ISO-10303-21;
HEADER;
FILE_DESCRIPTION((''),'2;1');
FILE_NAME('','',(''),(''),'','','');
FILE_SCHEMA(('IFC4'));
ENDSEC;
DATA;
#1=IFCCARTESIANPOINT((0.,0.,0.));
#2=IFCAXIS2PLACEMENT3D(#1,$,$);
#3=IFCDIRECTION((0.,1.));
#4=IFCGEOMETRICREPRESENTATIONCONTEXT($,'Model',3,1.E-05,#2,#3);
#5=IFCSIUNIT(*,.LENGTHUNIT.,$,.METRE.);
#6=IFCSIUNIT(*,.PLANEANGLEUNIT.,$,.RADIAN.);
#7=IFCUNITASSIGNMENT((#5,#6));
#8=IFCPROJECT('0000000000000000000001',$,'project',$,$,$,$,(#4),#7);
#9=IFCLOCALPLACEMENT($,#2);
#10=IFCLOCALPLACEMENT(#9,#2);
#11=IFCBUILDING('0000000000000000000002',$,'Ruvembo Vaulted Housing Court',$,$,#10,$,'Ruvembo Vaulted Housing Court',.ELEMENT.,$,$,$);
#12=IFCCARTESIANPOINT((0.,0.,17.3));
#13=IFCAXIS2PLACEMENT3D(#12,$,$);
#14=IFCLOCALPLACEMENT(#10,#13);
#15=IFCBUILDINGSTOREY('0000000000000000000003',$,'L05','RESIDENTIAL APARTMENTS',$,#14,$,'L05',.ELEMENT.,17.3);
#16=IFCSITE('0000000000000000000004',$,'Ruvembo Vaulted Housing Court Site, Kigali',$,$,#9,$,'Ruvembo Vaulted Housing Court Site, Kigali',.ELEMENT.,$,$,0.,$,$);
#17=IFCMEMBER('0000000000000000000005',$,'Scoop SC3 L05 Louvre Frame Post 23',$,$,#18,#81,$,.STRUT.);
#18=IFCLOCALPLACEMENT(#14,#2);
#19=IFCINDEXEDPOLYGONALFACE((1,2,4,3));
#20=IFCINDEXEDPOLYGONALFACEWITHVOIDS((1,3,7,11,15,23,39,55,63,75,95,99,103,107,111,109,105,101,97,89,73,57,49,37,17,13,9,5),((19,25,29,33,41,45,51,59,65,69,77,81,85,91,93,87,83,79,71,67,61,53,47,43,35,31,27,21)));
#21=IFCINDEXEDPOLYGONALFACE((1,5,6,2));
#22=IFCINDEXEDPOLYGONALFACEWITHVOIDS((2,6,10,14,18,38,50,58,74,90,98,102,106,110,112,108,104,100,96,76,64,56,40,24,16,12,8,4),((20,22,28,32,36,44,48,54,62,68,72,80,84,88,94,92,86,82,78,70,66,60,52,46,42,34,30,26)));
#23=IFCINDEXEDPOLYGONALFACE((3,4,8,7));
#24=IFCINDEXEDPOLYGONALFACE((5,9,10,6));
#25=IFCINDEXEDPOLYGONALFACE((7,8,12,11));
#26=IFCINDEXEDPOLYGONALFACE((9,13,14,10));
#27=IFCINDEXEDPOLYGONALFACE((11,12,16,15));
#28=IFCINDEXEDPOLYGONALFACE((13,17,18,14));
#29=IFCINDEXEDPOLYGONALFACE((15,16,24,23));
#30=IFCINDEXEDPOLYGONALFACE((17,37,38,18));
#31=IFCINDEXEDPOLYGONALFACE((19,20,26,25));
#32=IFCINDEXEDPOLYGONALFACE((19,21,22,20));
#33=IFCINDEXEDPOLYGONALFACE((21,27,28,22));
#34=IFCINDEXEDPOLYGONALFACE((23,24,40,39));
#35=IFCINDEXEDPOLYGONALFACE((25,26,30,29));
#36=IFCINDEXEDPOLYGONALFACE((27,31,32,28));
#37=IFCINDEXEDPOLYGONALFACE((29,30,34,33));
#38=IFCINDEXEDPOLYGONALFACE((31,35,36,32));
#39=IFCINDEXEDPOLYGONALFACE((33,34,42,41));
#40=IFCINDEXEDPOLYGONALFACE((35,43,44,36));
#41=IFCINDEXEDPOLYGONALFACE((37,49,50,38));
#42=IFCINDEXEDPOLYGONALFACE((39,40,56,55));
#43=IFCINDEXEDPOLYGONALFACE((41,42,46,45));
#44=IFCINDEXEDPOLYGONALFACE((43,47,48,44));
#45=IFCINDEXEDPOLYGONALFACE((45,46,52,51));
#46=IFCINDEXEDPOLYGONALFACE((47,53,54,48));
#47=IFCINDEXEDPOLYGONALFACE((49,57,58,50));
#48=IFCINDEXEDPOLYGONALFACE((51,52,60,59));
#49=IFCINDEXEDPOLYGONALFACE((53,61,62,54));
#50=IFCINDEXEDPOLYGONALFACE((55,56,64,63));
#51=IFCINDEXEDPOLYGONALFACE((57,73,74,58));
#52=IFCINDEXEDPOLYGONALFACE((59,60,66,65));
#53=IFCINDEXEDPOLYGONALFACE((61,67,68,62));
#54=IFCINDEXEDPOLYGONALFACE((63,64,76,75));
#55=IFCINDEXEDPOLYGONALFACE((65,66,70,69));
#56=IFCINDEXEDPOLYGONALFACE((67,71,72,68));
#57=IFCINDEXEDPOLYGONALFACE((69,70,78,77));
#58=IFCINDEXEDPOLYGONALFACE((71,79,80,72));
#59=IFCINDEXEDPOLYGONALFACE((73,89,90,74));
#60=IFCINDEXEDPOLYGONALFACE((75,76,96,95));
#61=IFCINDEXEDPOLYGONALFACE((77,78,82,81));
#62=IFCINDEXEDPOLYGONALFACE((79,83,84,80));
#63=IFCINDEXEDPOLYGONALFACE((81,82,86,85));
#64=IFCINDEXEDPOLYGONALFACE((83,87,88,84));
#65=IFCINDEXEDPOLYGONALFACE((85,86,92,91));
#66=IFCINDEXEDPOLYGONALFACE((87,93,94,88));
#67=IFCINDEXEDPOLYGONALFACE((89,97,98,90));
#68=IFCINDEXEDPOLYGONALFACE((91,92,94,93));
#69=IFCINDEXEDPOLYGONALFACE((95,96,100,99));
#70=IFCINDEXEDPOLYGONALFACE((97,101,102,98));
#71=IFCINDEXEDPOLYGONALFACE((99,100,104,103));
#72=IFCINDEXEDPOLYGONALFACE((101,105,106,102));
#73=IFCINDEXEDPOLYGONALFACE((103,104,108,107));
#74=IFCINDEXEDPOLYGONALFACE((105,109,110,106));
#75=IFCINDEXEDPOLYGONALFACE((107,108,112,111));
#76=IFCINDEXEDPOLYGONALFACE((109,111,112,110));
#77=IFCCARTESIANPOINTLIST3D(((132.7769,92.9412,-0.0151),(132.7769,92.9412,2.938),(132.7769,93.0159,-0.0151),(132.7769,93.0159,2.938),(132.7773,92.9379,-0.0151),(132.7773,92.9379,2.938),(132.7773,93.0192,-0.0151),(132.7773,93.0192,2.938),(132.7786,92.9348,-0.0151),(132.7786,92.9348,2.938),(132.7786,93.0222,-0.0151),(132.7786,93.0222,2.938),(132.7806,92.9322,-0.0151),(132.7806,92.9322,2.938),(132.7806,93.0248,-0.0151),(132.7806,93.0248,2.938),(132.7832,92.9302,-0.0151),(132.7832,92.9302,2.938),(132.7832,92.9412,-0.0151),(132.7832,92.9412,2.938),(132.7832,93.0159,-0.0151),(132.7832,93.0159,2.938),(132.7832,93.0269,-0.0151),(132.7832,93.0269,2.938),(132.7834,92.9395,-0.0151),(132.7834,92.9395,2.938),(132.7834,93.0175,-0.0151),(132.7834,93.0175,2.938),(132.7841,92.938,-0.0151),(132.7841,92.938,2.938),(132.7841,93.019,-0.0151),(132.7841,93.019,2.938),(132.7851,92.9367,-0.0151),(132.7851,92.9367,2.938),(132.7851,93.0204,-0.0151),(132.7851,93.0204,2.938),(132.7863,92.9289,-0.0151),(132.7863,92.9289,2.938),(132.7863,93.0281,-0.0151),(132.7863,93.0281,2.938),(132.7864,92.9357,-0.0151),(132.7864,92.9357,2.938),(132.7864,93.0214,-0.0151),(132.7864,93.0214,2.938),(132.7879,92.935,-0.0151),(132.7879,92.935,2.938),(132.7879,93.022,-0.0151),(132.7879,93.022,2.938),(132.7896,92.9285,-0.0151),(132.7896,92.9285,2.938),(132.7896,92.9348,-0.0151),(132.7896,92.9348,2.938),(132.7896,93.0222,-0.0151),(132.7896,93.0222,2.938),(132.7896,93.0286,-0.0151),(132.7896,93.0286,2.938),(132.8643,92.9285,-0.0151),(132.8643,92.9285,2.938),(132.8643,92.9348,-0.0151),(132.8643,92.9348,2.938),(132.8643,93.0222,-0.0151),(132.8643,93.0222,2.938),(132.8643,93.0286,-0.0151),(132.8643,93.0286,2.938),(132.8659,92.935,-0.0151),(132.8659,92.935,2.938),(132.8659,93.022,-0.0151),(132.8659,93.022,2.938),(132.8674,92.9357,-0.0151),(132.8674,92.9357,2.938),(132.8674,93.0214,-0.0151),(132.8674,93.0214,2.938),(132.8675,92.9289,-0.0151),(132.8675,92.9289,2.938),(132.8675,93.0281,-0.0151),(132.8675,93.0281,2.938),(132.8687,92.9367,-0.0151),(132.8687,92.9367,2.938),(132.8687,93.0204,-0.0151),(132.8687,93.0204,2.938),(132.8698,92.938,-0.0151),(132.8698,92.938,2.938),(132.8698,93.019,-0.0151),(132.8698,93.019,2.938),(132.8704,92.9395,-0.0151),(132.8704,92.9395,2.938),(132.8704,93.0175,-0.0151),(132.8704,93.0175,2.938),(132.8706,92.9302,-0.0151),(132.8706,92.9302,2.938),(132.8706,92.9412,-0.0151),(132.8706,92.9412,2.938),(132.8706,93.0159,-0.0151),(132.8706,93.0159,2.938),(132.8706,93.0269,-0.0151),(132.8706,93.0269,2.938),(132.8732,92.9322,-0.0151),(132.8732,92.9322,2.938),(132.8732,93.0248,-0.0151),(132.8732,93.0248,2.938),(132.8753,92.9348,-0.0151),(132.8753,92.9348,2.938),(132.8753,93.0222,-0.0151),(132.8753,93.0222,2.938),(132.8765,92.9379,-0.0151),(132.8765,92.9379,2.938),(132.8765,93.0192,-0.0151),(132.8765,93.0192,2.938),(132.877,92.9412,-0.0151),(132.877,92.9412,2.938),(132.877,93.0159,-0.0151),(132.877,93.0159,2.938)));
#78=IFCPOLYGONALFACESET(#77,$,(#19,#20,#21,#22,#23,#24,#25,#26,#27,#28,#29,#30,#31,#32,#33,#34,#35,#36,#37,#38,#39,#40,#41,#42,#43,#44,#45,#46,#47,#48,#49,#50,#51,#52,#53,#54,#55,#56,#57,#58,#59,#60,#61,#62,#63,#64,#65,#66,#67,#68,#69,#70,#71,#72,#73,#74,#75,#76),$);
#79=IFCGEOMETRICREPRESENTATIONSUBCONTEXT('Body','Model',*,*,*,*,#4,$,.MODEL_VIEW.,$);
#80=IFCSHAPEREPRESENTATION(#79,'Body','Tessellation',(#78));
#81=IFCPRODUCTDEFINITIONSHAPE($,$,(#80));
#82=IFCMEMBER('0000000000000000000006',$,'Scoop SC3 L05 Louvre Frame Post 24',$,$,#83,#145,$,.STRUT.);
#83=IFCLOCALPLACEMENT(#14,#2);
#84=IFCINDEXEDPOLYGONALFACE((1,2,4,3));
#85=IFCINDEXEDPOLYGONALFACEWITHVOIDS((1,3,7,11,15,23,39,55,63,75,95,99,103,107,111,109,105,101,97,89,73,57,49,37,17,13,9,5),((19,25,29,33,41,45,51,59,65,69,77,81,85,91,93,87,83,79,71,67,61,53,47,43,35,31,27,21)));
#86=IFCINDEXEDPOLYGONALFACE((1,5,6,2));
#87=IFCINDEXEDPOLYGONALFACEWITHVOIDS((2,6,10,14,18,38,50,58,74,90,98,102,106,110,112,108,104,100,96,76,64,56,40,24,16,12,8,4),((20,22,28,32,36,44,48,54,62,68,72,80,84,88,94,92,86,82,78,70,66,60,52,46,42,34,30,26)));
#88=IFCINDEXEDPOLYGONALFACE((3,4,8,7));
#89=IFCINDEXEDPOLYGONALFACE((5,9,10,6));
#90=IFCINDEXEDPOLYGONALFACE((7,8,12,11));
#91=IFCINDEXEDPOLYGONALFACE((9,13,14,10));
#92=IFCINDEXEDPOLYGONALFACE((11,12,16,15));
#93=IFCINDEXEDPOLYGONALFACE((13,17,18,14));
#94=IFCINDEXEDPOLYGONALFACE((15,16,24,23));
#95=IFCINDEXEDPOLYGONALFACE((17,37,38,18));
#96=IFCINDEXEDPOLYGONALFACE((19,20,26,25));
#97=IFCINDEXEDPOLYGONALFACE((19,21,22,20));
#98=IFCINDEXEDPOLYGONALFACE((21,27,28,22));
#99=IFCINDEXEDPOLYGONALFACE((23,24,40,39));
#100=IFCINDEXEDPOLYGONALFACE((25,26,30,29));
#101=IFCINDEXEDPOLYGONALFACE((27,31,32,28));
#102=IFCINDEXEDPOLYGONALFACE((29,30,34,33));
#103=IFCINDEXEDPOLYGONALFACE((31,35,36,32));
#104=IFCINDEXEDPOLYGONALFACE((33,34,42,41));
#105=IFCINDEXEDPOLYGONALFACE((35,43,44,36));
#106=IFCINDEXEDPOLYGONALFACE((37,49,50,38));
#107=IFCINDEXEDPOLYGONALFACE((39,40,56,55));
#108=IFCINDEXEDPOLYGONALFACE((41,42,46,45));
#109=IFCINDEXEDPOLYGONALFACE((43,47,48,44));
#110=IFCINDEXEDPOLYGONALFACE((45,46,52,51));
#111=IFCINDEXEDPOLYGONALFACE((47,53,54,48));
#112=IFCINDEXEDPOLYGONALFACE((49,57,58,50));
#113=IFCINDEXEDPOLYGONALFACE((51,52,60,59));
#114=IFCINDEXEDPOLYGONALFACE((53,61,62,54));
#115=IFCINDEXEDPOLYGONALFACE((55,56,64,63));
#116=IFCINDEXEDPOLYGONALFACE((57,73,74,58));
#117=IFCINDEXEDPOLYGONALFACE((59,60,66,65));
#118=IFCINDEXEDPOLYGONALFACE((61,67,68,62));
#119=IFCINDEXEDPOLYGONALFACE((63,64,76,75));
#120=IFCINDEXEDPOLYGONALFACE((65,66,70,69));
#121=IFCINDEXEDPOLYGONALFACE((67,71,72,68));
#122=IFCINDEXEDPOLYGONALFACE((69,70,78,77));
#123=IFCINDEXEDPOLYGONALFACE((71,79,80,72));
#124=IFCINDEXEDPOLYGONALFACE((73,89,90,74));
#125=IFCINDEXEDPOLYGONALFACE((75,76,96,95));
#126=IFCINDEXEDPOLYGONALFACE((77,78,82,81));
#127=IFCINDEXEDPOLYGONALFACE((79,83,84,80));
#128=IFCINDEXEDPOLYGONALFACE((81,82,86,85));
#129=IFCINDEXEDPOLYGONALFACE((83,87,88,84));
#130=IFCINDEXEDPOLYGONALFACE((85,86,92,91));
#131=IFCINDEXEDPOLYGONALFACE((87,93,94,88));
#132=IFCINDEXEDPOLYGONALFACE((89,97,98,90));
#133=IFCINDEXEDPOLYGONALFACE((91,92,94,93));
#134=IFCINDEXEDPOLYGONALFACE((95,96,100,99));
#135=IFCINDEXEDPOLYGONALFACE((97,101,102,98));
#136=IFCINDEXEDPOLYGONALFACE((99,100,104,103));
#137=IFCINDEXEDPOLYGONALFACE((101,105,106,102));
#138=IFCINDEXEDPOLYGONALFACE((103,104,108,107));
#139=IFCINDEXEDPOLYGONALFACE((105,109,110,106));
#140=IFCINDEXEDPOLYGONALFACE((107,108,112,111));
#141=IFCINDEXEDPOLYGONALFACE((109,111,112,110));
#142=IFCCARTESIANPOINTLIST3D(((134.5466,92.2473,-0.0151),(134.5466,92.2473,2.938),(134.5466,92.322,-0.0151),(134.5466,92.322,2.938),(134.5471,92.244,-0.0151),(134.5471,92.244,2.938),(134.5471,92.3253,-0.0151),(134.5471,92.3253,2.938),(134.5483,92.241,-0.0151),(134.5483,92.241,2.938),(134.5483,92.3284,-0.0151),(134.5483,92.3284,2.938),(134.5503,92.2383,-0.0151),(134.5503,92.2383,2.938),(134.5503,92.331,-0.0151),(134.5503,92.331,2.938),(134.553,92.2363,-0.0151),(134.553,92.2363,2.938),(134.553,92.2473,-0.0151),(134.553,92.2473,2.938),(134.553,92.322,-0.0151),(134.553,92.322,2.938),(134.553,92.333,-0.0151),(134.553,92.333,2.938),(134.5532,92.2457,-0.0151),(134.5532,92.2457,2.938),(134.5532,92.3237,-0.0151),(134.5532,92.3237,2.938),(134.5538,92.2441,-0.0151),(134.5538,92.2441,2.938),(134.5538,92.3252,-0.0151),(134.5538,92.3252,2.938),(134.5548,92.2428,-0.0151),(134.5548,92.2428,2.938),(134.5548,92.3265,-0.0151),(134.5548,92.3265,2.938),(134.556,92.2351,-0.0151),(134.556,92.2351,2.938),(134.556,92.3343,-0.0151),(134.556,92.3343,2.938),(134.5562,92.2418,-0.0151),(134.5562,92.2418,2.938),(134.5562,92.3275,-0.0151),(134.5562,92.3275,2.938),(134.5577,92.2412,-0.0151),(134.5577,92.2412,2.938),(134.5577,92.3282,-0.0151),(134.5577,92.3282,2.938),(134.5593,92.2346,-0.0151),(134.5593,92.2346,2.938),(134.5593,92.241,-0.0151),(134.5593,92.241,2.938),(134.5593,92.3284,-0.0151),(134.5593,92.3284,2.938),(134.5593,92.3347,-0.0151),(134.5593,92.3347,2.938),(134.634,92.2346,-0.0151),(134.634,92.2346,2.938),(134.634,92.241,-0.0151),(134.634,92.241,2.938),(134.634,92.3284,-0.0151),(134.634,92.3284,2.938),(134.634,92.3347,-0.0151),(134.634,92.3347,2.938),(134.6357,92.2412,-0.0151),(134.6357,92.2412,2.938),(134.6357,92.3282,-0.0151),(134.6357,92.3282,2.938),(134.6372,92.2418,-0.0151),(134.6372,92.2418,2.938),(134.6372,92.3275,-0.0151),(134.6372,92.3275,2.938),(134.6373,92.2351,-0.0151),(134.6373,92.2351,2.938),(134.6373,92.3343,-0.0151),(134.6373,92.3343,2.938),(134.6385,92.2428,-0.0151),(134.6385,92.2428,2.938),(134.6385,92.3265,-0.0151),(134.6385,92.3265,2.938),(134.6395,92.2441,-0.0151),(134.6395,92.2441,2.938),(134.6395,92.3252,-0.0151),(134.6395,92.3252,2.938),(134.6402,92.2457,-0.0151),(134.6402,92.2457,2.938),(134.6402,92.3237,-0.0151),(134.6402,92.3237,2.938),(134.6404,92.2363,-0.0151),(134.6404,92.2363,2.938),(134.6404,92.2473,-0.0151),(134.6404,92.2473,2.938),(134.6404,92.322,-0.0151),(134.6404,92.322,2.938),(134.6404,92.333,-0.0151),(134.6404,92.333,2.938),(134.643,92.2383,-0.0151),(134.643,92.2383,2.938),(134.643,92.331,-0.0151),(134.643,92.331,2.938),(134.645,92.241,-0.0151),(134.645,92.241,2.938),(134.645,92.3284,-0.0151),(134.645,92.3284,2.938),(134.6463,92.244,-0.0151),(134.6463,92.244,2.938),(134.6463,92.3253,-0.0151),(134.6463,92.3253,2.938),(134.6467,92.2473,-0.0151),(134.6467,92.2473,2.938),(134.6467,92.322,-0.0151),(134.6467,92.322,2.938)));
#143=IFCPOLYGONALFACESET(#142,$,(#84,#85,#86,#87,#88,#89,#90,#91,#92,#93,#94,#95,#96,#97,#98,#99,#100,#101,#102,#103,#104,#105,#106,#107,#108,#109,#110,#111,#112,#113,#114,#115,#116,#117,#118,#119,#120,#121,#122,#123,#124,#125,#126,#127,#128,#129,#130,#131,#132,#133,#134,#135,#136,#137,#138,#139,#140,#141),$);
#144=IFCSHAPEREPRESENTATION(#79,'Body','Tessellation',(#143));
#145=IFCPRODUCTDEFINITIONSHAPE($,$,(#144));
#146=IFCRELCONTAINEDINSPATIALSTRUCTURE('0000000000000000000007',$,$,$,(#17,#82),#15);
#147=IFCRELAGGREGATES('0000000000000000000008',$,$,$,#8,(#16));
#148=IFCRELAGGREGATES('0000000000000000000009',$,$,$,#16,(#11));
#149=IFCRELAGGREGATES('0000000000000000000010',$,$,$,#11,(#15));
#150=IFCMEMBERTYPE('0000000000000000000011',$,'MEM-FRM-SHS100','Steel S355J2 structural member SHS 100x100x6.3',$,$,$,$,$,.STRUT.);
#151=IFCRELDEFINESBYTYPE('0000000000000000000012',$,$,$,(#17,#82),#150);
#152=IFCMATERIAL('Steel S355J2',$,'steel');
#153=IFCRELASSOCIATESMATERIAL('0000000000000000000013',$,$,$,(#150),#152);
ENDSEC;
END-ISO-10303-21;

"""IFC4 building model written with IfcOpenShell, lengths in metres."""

from ifc_helpers import new_model, si_unit, direction, frame, origin, origin_2d, place, context, subcontext, project, spatial, hollow_rectangle, extrude, material, material_profile, profile_set, type_object, element, save


model = new_model("IFC4")

# Units and contexts
model_context = context("Model", 3, precision=1e-05, world=origin(), true_north=direction((0.0, 1.0)))
body_context = subcontext(model_context, "Body", "Model", "MODEL_VIEW")
ifc_project = project(units=[si_unit("LENGTHUNIT", "METRE"), si_unit("PLANEANGLEUNIT", "RADIAN")], contexts=[model_context])

# Site, building, storey
site_placement = place(None, origin())
site = spatial("IfcSite", under=ifc_project, at=site_placement, Name="Ruvembo Vaulted Housing Court Site, Kigali", LongName="Ruvembo Vaulted Housing Court Site, Kigali", CompositionType="ELEMENT", RefElevation=0.0)
building_placement = place(site_placement, origin())
building = spatial("IfcBuilding", under=site, at=building_placement, Name="Ruvembo Vaulted Housing Court", LongName="Ruvembo Vaulted Housing Court", CompositionType="ELEMENT")
storey_placement = place(building_placement, frame((0.0, 0.0, 17.3)))
storey = spatial("IfcBuildingStorey", under=building, at=storey_placement, Name="L05", Description="RESIDENTIAL APARTMENTS", LongName="L05", CompositionType="ELEMENT", Elevation=17.3)

# Shared definitions
ifc_material_1 = material(Name="Steel S355J2", Category="steel")

# Members
ifc_material_profile_1 = material_profile(ifc_material_1, hollow_rectangle(XDim=0.1001, YDim=0.1001, WallThickness=0.0063, InnerFilletRadius=0.0063, OuterFilletRadius=0.0127, at=origin_2d()), Name="SHS 100x100x6.3")
ifc_profile_set_1 = profile_set([ifc_material_profile_1], Name="Steel S355J2")
member_type_1 = type_object("IfcMemberType", Name="MEM-FRM-SHS100", Description="Steel S355J2 structural member SHS 100x100x6.3", PredefinedType="STRUT", material=ifc_profile_set_1)
for number, where, z_axis, x_axis, name in (
    (1, (132.8269, 92.9785, -0.0151), (0.0, 0.0, 1.0), (1.0, 0.0, 0.0), "Scoop SC3 L05 Louvre Frame Post 23"),
    (2, (134.5967, 92.2847, -0.0151), (0.0, 0.0, 1.0), (1.0, 0.0, 0.0), "Scoop SC3 L05 Louvre Frame Post 24"),
):
    element("IfcMember", number, at=place(storey_placement, frame(where, z_axis=z_axis, x_axis=x_axis)), inside=storey, type_object=member_type_1, Name=name, PredefinedType="STRUT", context=body_context, shape_type="SweptSolid", body=[
        extrude(hollow_rectangle(XDim=0.1001, YDim=0.1001, WallThickness=0.0063, InnerFilletRadius=0.0063, OuterFilletRadius=0.0127, at=origin_2d()), origin(), (0.0, 0.0, 1.0), 2.9531),
    ])

save(model, "model.ifc")
